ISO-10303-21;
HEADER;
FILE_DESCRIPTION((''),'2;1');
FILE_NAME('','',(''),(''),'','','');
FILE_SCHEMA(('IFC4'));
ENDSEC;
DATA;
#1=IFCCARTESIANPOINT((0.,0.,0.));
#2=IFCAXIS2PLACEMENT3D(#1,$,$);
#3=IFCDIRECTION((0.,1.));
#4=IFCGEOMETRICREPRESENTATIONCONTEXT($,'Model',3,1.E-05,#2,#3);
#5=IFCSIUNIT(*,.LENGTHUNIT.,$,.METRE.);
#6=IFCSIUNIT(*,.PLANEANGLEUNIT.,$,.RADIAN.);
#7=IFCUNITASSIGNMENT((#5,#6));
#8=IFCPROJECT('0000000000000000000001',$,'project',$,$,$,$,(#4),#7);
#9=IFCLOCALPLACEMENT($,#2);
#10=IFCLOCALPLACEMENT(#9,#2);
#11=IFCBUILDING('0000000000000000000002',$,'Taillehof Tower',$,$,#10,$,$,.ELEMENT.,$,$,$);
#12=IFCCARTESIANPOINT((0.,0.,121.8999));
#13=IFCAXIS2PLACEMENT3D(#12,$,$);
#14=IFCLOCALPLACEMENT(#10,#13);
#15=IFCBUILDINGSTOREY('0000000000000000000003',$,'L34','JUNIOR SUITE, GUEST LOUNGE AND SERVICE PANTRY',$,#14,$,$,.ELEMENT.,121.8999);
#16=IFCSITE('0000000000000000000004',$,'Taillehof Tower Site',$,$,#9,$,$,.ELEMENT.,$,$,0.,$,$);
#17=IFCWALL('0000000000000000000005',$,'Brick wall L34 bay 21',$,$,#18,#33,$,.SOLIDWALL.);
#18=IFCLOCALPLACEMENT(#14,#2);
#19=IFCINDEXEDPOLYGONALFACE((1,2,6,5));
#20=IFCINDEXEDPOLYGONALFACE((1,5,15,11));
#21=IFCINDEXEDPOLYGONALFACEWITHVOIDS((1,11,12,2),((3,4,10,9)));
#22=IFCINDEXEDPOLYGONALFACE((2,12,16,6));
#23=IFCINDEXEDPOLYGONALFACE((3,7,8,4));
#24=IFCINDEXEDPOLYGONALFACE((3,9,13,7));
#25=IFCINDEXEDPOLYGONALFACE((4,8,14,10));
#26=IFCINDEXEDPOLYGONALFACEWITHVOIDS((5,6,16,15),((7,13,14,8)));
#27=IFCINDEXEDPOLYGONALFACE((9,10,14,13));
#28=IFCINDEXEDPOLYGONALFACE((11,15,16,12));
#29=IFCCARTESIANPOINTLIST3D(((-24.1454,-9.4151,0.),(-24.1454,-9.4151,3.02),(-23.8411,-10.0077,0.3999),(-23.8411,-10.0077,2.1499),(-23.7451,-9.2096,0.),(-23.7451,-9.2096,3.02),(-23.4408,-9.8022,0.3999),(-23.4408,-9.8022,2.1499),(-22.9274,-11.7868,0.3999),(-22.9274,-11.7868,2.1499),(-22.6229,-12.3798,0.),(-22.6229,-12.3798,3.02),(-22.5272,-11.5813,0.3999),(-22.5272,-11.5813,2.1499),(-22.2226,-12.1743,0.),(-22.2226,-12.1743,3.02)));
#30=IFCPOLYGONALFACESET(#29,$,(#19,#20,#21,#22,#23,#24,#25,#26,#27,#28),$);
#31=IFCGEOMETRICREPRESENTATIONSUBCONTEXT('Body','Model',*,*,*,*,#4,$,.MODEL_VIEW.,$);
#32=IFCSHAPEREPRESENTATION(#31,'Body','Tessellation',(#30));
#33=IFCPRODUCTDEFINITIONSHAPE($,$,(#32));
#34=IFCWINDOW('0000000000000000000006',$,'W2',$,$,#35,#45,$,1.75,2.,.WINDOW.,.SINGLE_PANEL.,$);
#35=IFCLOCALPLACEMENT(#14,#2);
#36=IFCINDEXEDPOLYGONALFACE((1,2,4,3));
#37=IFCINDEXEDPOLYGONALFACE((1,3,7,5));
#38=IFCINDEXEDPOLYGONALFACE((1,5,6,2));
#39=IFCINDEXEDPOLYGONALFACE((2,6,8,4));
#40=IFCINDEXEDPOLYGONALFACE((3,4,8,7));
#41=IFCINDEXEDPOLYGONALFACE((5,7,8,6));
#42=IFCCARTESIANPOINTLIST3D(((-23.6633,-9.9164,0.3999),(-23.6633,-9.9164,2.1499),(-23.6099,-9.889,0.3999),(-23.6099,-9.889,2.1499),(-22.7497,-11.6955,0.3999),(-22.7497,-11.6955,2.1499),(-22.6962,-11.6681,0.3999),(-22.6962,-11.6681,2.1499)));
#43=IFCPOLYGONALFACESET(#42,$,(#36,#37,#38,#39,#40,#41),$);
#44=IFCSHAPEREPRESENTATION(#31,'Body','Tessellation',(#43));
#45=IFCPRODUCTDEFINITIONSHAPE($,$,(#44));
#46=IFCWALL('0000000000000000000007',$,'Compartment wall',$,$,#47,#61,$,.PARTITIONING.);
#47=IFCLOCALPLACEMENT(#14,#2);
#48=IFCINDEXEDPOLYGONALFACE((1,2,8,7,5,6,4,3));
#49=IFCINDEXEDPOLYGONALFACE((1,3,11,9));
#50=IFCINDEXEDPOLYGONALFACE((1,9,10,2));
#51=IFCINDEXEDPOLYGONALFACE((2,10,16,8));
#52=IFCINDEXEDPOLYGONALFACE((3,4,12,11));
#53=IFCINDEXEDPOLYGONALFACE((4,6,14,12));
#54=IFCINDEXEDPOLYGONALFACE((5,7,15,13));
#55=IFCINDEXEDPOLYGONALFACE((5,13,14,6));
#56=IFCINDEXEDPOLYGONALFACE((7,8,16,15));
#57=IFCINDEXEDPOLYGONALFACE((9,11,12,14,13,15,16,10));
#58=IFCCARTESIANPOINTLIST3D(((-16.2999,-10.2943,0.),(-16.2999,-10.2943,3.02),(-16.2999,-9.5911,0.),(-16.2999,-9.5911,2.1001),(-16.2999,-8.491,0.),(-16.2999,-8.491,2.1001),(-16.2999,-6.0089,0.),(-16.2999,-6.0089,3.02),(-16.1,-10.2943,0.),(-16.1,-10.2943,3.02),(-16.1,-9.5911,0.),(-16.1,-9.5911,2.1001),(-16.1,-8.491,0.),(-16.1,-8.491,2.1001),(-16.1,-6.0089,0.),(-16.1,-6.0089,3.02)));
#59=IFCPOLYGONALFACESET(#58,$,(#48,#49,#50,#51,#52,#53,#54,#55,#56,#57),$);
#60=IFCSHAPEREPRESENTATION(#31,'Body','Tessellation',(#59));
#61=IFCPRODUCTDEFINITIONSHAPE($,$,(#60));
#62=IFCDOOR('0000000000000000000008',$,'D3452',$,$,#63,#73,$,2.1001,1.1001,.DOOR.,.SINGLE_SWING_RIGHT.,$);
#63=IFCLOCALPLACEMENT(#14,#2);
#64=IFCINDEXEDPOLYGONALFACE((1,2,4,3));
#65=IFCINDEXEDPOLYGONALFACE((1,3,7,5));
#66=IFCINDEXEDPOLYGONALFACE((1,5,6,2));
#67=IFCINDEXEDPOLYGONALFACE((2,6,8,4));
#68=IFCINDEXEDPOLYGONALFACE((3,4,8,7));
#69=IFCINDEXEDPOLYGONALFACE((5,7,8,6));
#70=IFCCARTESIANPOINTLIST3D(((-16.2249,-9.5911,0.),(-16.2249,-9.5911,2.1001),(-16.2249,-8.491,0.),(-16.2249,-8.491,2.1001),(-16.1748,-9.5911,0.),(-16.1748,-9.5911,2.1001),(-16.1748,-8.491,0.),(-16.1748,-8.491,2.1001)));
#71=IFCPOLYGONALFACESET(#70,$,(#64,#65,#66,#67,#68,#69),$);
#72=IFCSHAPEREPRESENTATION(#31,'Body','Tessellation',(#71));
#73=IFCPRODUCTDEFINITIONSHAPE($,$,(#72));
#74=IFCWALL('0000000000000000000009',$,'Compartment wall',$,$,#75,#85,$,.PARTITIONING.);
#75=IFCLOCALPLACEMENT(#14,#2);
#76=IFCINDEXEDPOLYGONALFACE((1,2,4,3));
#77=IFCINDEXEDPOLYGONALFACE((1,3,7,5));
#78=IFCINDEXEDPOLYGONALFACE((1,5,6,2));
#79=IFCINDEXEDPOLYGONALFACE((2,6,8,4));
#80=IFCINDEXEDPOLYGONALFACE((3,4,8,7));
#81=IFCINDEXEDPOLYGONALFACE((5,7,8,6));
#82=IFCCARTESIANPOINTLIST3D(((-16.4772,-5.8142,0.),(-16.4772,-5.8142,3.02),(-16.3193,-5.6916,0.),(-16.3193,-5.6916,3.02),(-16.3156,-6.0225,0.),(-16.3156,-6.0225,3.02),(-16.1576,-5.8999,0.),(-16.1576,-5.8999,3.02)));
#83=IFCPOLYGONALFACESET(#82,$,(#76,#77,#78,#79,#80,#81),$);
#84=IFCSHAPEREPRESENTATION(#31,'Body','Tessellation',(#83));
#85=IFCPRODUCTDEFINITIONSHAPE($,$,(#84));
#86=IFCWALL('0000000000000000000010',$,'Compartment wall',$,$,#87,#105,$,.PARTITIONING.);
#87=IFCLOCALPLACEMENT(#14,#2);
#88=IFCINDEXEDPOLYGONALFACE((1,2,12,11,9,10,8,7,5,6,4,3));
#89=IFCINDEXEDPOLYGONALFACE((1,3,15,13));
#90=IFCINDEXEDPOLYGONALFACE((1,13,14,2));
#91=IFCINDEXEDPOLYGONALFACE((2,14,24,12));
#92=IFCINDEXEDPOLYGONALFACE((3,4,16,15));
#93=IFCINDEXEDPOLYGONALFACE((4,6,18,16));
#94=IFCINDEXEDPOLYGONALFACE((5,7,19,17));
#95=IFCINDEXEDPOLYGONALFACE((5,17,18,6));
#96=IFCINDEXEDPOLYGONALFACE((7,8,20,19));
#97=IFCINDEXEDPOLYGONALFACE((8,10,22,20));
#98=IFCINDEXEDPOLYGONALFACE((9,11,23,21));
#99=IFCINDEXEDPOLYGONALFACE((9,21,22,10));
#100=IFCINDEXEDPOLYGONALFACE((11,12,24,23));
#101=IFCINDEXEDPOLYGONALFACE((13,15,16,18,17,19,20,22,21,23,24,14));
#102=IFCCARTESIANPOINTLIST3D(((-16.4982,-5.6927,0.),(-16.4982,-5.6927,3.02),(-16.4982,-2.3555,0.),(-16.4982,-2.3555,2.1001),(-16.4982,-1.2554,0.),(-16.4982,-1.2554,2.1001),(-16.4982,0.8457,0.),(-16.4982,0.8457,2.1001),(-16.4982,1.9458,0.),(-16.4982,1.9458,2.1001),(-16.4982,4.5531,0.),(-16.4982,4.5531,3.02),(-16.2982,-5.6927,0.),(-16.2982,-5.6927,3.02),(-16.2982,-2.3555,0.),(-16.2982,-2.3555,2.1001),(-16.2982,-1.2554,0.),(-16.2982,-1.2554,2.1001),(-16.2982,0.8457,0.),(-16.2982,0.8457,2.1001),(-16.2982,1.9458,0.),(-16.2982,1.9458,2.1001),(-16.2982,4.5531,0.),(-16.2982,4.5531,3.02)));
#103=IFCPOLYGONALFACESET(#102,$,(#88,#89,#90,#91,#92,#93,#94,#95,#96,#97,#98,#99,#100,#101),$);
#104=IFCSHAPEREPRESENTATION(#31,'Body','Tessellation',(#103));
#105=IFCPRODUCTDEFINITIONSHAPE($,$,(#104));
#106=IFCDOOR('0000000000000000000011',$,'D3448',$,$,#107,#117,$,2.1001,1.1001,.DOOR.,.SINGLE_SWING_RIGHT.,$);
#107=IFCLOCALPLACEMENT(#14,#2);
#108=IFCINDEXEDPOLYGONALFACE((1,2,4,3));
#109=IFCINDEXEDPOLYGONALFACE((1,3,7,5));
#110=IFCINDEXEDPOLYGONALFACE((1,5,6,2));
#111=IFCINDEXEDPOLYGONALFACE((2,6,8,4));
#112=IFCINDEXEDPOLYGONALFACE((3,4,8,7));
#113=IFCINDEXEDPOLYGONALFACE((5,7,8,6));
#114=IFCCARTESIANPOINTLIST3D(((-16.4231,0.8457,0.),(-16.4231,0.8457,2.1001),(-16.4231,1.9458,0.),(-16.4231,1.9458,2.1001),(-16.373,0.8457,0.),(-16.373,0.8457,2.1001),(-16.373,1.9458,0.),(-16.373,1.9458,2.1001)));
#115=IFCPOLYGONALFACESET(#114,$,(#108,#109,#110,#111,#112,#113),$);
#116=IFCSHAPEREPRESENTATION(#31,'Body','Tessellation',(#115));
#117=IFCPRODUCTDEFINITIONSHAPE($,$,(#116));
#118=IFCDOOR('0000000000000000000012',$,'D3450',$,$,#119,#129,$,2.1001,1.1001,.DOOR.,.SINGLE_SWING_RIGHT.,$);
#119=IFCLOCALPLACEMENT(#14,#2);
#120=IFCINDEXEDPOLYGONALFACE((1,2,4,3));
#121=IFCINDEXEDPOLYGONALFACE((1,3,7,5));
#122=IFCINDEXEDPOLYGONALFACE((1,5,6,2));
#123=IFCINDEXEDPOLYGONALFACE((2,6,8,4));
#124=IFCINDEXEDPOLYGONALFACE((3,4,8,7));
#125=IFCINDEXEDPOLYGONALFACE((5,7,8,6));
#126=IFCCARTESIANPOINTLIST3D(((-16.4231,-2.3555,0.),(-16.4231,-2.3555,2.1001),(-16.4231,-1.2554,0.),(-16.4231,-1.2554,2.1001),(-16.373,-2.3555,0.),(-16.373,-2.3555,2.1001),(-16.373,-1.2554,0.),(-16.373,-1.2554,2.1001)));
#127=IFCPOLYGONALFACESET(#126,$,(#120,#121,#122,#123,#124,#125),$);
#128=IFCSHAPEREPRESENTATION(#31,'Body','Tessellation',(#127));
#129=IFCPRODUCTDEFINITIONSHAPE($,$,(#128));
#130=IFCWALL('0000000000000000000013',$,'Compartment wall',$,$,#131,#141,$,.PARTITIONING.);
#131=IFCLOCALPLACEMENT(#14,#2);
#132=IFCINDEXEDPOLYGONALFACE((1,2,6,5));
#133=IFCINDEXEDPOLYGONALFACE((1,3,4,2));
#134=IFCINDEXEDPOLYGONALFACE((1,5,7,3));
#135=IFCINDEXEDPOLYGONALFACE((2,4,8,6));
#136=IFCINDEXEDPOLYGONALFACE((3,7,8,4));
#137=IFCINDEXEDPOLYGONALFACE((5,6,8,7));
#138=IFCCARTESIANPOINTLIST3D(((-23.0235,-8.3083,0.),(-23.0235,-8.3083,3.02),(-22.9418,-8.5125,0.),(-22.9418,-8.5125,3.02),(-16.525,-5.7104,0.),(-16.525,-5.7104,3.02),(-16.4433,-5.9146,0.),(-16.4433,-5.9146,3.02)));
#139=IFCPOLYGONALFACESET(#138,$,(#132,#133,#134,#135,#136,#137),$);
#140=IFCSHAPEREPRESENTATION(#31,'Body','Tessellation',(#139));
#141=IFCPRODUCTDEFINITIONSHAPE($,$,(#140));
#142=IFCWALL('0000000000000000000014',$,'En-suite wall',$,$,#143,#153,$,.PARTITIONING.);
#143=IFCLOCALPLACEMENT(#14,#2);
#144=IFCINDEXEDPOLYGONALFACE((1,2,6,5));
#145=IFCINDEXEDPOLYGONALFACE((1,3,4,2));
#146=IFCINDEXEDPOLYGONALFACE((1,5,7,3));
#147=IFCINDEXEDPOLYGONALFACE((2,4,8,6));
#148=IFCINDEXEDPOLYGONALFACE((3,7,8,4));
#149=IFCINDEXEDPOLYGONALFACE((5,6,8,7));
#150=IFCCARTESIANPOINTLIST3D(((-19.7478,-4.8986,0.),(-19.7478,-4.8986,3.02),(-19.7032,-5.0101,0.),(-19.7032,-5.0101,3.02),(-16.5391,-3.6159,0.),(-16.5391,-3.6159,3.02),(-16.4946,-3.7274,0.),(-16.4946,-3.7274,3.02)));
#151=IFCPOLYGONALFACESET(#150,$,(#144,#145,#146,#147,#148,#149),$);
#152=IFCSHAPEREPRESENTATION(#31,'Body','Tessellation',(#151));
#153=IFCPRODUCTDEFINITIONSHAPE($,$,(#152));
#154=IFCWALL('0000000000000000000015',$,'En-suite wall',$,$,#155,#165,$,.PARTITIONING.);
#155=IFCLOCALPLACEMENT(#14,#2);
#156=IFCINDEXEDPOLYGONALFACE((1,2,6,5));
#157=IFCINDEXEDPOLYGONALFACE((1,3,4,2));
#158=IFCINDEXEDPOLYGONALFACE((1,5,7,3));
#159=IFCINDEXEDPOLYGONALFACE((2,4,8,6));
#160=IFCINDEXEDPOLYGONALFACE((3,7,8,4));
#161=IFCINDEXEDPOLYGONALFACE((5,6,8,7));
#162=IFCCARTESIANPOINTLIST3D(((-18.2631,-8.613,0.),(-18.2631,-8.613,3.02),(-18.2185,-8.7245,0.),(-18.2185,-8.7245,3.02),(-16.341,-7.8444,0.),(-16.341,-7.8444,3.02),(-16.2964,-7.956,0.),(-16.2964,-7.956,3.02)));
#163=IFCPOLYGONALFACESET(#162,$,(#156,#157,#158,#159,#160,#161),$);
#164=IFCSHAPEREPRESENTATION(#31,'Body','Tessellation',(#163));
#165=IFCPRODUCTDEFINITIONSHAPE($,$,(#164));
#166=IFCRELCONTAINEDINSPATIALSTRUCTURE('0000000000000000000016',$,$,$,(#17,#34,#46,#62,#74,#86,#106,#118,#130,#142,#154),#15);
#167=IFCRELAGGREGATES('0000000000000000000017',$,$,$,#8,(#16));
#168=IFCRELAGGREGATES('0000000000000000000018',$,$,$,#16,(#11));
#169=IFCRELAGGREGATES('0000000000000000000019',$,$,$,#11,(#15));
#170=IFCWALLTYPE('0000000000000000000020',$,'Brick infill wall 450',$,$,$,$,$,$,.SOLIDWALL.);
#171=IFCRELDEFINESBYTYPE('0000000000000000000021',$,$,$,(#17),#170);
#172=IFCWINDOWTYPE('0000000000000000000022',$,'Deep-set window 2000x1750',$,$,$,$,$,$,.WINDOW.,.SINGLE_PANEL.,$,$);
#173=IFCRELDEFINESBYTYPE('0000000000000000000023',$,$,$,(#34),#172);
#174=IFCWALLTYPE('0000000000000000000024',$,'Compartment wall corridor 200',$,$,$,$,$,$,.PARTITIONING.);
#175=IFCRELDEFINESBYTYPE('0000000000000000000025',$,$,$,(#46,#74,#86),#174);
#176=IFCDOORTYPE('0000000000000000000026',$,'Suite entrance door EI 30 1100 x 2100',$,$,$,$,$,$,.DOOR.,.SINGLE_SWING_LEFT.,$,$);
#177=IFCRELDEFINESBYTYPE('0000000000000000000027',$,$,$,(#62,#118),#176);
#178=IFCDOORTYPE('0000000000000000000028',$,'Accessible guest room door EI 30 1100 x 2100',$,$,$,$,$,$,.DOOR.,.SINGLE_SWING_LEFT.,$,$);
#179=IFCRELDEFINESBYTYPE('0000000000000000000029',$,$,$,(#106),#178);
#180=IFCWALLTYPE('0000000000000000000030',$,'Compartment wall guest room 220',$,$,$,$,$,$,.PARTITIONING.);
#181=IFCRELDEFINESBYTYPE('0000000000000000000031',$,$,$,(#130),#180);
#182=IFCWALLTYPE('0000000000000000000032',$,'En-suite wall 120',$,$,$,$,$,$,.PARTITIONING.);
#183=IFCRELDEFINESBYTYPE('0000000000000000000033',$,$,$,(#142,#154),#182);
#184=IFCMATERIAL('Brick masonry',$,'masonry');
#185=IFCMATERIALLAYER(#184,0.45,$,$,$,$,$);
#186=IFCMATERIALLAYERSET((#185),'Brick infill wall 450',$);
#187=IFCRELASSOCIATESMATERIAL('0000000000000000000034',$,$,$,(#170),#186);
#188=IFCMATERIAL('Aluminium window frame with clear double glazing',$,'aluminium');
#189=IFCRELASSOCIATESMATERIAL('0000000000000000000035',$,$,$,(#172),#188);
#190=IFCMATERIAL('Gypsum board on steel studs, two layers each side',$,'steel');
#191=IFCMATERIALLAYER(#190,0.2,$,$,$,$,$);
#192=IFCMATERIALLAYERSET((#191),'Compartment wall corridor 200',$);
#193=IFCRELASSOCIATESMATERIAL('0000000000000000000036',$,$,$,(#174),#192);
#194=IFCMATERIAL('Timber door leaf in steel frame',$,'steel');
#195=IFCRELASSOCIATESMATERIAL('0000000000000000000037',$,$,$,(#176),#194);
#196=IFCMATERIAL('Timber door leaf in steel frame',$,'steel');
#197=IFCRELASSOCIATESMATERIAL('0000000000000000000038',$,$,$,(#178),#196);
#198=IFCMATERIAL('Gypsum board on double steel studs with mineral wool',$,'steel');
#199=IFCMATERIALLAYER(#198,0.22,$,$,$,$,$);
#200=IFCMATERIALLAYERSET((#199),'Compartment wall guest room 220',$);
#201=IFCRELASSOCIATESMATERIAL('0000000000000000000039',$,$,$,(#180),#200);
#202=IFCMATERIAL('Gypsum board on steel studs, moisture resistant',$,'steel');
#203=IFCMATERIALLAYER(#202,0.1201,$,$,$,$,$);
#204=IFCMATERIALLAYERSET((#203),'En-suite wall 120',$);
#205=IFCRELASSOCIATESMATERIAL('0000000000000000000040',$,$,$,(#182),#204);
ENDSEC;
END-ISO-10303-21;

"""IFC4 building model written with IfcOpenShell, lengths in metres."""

from ifc_helpers import new_model, si_unit, direction, frame, frame_2d, origin, place, context, subcontext, project, spatial, rectangle, extrude, material, layer, layer_set, type_object, element, fill, save


model = new_model("IFC4")

# Units and contexts
model_context = context("Model", 3, precision=1e-05, world=origin(), true_north=direction((0.0, 1.0)))
body_context = subcontext(model_context, "Body", "Model", "MODEL_VIEW")
ifc_project = project(units=[si_unit("LENGTHUNIT", "METRE"), si_unit("PLANEANGLEUNIT", "RADIAN")], contexts=[model_context])

# Site, building, storey
site_placement = place(None, origin())
site = spatial("IfcSite", under=ifc_project, at=site_placement, Name="Taillehof Tower Site", CompositionType="ELEMENT", RefElevation=0.0)
building_placement = place(site_placement, origin())
building = spatial("IfcBuilding", under=site, at=building_placement, Name="Taillehof Tower", CompositionType="ELEMENT")
storey_placement = place(building_placement, frame((0.0, 0.0, 121.8999)))
storey = spatial("IfcBuildingStorey", under=building, at=storey_placement, Name="L34", Description="JUNIOR SUITE, GUEST LOUNGE AND SERVICE PANTRY", CompositionType="ELEMENT", Elevation=121.8999)

# Wall, opening, window
ifc_material_1 = material(Name="Brick masonry", Category="masonry")
ifc_layer_1 = layer(ifc_material_1, 0.45)
ifc_layer_set_1 = layer_set([ifc_layer_1], Name="Brick infill wall 450")
wall_type_1 = type_object("IfcWallType", Name="Brick infill wall 450", PredefinedType="SOLIDWALL", material=ifc_layer_set_1)
ifc_material_2 = material(Name="Aluminium window frame with clear double glazing", Category="aluminium")
window_type = type_object("IfcWindowType", Name="Deep-set window 2000x1750", PartitioningType="SINGLE_PANEL", PredefinedType="WINDOW", material=ifc_material_2)
wall_1_placement = place(storey_placement, frame((-23.9453, -9.3123, 0.0), z_axis=(0.0, 0.0, 1.0), x_axis=(0.456828, -0.889555, 0.0)))
wall_1 = element("IfcWall", 1, at=wall_1_placement, inside=storey, type_object=wall_type_1, Name="Brick wall L34 bay 21", PredefinedType="SOLIDWALL", context=body_context, shape_type="SweptSolid", body=[
    extrude(rectangle(XDim=3.3328, YDim=0.45, at=frame_2d((1.6665, 0.0))), origin(), (0.0, 0.0, 1.0), 3.02),
])
opening_1_placement = place(wall_1_placement, frame((0.6663, 0.0, 0.3999)))
opening_1 = element("IfcOpeningElement", 2, at=opening_1_placement, cuts=wall_1, PredefinedType="OPENING", context=body_context, shape_type="SweptSolid", body=[
    extrude(rectangle(XDim=2.0, YDim=1.75, at=frame_2d((1.0, 0.875))), frame((0.0, 0.2349, 0.0), z_axis=(0.0, -1.0, 0.0), x_axis=(1.0, 0.0, 0.0)), (0.0, 0.0, 1.0), 0.47),
])
window_1_placement = place(opening_1_placement, origin())
window_1 = element("IfcWindow", 3, at=window_1_placement, inside=storey, type_object=window_type, Name="W2", OverallHeight=1.75, OverallWidth=2.0, PartitioningType="SINGLE_PANEL", PredefinedType="WINDOW", context=body_context, shape_type="SweptSolid", body=[
    extrude(rectangle(XDim=2.0, YDim=1.75, at=frame_2d((1.0, 0.875))), frame((0.0, 0.0349, 0.0), z_axis=(0.0, -1.0, 0.0), x_axis=(1.0, 0.0, 0.0)), (0.0, 0.0, 1.0), 0.0601),
])
fill(opening_1, window_1)

# Wall, opening, door
ifc_material_3 = material(Name="Gypsum board on steel studs, two layers each side", Category="steel")
ifc_layer_2 = layer(ifc_material_3, 0.2)
ifc_layer_set_2 = layer_set([ifc_layer_2], Name="Compartment wall corridor 200")
wall_type_2 = type_object("IfcWallType", Name="Compartment wall corridor 200", PredefinedType="PARTITIONING", material=ifc_layer_set_2)
wall_2_placement = place(storey_placement, frame((-16.2, -10.2942, 0.0), z_axis=(0.0, 0.0, 1.0), x_axis=(0.0, 1.0, 0.0)))
wall_2 = element("IfcWall", 4, at=wall_2_placement, inside=storey, type_object=wall_type_2, Name="Compartment wall", PredefinedType="PARTITIONING", context=body_context, shape_type="SweptSolid", body=[
    extrude(rectangle(XDim=4.2854, YDim=0.2, at=frame_2d((2.1426, 0.0))), origin(), (0.0, 0.0, 1.0), 3.02),
])
opening_2_placement = place(wall_2_placement, frame((0.7031, 0.0, 0.0)))
opening_2 = element("IfcOpeningElement", 5, at=opening_2_placement, cuts=wall_2, PredefinedType="OPENING", context=body_context, shape_type="SweptSolid", body=[
    extrude(rectangle(XDim=1.1001, YDim=2.1001, at=frame_2d((0.55, 1.05))), frame((0.0, 0.1099, 0.0), z_axis=(0.0, -1.0, 0.0), x_axis=(1.0, 0.0, 0.0)), (0.0, 0.0, 1.0), 0.22),
])
ifc_material_4 = material(Name="Timber door leaf in steel frame", Category="steel")
door_type_1 = type_object("IfcDoorType", Name="Suite entrance door EI 30 1100 x 2100", OperationType="SINGLE_SWING_LEFT", PredefinedType="DOOR", material=ifc_material_4)
door_1_placement = place(opening_2_placement, origin())
door_1 = element("IfcDoor", 6, at=door_1_placement, inside=storey, type_object=door_type_1, Name="D3452", OperationType="SINGLE_SWING_RIGHT", OverallHeight=2.1001, OverallWidth=1.1001, PredefinedType="DOOR", context=body_context, shape_type="SweptSolid", body=[
    extrude(rectangle(XDim=1.1001, YDim=2.1001, at=frame_2d((0.55, 1.05))), frame((0.0, 0.0249, 0.0), z_axis=(0.0, -1.0, 0.0), x_axis=(1.0, 0.0, 0.0)), (0.0, 0.0, 1.0), 0.05),
])
fill(opening_2, door_1)

# Wall
wall_3_placement = place(storey_placement, frame((-16.2366, -5.9612, 0.0), z_axis=(0.0, 0.0, 1.0), x_axis=(-0.613107, 0.79, 0.0)))
element("IfcWall", 7, at=wall_3_placement, inside=storey, type_object=wall_type_2, Name="Compartment wall", PredefinedType="PARTITIONING", context=body_context, shape_type="SweptSolid", body=[
    extrude(rectangle(XDim=0.2637, YDim=0.2, at=frame_2d((0.1318, 0.0))), origin(), (0.0, 0.0, 1.0), 3.02),
])

# Wall, openings, doors
wall_4_placement = place(storey_placement, frame((-16.3982, -5.6929, 0.0), z_axis=(0.0, 0.0, 1.0), x_axis=(0.0, 1.0, 0.0)))
wall_4 = element("IfcWall", 8, at=wall_4_placement, inside=storey, type_object=wall_type_2, Name="Compartment wall", PredefinedType="PARTITIONING", context=body_context, shape_type="SweptSolid", body=[
    extrude(rectangle(XDim=10.2458, YDim=0.2, at=frame_2d((5.123, 0.0))), origin(), (0.0, 0.0, 1.0), 3.02),
])
opening_3_placement = place(wall_4_placement, frame((6.5386, 0.0, 0.0)))
opening_3 = element("IfcOpeningElement", 9, at=opening_3_placement, cuts=wall_4, PredefinedType="OPENING", context=body_context, shape_type="SweptSolid", body=[
    extrude(rectangle(XDim=1.1001, YDim=2.1001, at=frame_2d((0.55, 1.05))), frame((0.0, 0.1099, 0.0), z_axis=(0.0, -1.0, 0.0), x_axis=(1.0, 0.0, 0.0)), (0.0, 0.0, 1.0), 0.22),
])
opening_4_placement = place(wall_4_placement, frame((3.3374, 0.0, 0.0)))
opening_4 = element("IfcOpeningElement", 10, at=opening_4_placement, cuts=wall_4, PredefinedType="OPENING", context=body_context, shape_type="SweptSolid", body=[
    extrude(rectangle(XDim=1.1001, YDim=2.1001, at=frame_2d((0.55, 1.05))), frame((0.0, 0.1099, 0.0), z_axis=(0.0, -1.0, 0.0), x_axis=(1.0, 0.0, 0.0)), (0.0, 0.0, 1.0), 0.22),
])
ifc_material_5 = material(Name="Timber door leaf in steel frame", Category="steel")
door_type_2 = type_object("IfcDoorType", Name="Accessible guest room door EI 30 1100 x 2100", OperationType="SINGLE_SWING_LEFT", PredefinedType="DOOR", material=ifc_material_5)
door_2_placement = place(opening_3_placement, origin())
door_2 = element("IfcDoor", 11, at=door_2_placement, inside=storey, type_object=door_type_2, Name="D3448", OperationType="SINGLE_SWING_RIGHT", OverallHeight=2.1001, OverallWidth=1.1001, PredefinedType="DOOR", context=body_context, shape_type="SweptSolid", body=[
    extrude(rectangle(XDim=1.1001, YDim=2.1001, at=frame_2d((0.55, 1.05))), frame((0.0, 0.0249, 0.0), z_axis=(0.0, -1.0, 0.0), x_axis=(1.0, 0.0, 0.0)), (0.0, 0.0, 1.0), 0.05),
])
fill(opening_3, door_2)
door_3_placement = place(opening_4_placement, origin())
door_3 = element("IfcDoor", 12, at=door_3_placement, inside=storey, type_object=door_type_1, Name="D3450", OperationType="SINGLE_SWING_RIGHT", OverallHeight=2.1001, OverallWidth=1.1001, PredefinedType="DOOR", context=body_context, shape_type="SweptSolid", body=[
    extrude(rectangle(XDim=1.1001, YDim=2.1001, at=frame_2d((0.55, 1.05))), frame((0.0, 0.0249, 0.0), z_axis=(0.0, -1.0, 0.0), x_axis=(1.0, 0.0, 0.0)), (0.0, 0.0, 1.0), 0.05),
])
fill(opening_4, door_3)

# Walls
ifc_material_6 = material(Name="Gypsum board on double steel studs with mineral wool", Category="steel")
ifc_layer_3 = layer(ifc_material_6, 0.22)
ifc_layer_set_3 = layer_set([ifc_layer_3], Name="Compartment wall guest room 220")
wall_type_3 = type_object("IfcWallType", Name="Compartment wall guest room 220", PredefinedType="PARTITIONING", material=ifc_layer_set_3)
wall_5_placement = place(storey_placement, frame((-22.9827, -8.4104, 0.0), z_axis=(0.0, 0.0, 1.0), x_axis=(0.928551, 0.371204, 0.0)))
element("IfcWall", 13, at=wall_5_placement, inside=storey, type_object=wall_type_3, Name="Compartment wall", PredefinedType="PARTITIONING", context=body_context, shape_type="SweptSolid", body=[
    extrude(rectangle(XDim=6.9985, YDim=0.22, at=frame_2d((3.4993, 0.0))), origin(), (0.0, 0.0, 1.0), 3.02),
])
ifc_material_7 = material(Name="Gypsum board on steel studs, moisture resistant", Category="steel")
ifc_layer_4 = layer(ifc_material_7, 0.1201)
ifc_layer_set_4 = layer_set([ifc_layer_4], Name="En-suite wall 120")
wall_type_4 = type_object("IfcWallType", Name="En-suite wall 120", PredefinedType="PARTITIONING", material=ifc_layer_set_4)
wall_6_placement = place(storey_placement, frame((-16.5168, -3.6716, 0.0), z_axis=(0.0, 0.0, 1.0), x_axis=(-0.928555, -0.371196, 0.0)))
element("IfcWall", 14, at=wall_6_placement, inside=storey, type_object=wall_type_4, Name="En-suite wall", PredefinedType="PARTITIONING", context=body_context, shape_type="SweptSolid", body=[
    extrude(rectangle(XDim=3.4556, YDim=0.1201, at=frame_2d((1.7278, 0.0))), origin(), (0.0, 0.0, 1.0), 3.02),
])
wall_7_placement = place(storey_placement, frame((-16.3186, -7.9001, 0.0), z_axis=(0.0, 0.0, 1.0), x_axis=(-0.928525, -0.371269, 0.0)))
element("IfcWall", 15, at=wall_7_placement, inside=storey, type_object=wall_type_4, Name="En-suite wall", PredefinedType="PARTITIONING", context=body_context, shape_type="SweptSolid", body=[
    extrude(rectangle(XDim=2.0701, YDim=0.1201, at=frame_2d((1.0352, 0.0))), origin(), (0.0, 0.0, 1.0), 3.02),
])

save(model, "model.ifc")
